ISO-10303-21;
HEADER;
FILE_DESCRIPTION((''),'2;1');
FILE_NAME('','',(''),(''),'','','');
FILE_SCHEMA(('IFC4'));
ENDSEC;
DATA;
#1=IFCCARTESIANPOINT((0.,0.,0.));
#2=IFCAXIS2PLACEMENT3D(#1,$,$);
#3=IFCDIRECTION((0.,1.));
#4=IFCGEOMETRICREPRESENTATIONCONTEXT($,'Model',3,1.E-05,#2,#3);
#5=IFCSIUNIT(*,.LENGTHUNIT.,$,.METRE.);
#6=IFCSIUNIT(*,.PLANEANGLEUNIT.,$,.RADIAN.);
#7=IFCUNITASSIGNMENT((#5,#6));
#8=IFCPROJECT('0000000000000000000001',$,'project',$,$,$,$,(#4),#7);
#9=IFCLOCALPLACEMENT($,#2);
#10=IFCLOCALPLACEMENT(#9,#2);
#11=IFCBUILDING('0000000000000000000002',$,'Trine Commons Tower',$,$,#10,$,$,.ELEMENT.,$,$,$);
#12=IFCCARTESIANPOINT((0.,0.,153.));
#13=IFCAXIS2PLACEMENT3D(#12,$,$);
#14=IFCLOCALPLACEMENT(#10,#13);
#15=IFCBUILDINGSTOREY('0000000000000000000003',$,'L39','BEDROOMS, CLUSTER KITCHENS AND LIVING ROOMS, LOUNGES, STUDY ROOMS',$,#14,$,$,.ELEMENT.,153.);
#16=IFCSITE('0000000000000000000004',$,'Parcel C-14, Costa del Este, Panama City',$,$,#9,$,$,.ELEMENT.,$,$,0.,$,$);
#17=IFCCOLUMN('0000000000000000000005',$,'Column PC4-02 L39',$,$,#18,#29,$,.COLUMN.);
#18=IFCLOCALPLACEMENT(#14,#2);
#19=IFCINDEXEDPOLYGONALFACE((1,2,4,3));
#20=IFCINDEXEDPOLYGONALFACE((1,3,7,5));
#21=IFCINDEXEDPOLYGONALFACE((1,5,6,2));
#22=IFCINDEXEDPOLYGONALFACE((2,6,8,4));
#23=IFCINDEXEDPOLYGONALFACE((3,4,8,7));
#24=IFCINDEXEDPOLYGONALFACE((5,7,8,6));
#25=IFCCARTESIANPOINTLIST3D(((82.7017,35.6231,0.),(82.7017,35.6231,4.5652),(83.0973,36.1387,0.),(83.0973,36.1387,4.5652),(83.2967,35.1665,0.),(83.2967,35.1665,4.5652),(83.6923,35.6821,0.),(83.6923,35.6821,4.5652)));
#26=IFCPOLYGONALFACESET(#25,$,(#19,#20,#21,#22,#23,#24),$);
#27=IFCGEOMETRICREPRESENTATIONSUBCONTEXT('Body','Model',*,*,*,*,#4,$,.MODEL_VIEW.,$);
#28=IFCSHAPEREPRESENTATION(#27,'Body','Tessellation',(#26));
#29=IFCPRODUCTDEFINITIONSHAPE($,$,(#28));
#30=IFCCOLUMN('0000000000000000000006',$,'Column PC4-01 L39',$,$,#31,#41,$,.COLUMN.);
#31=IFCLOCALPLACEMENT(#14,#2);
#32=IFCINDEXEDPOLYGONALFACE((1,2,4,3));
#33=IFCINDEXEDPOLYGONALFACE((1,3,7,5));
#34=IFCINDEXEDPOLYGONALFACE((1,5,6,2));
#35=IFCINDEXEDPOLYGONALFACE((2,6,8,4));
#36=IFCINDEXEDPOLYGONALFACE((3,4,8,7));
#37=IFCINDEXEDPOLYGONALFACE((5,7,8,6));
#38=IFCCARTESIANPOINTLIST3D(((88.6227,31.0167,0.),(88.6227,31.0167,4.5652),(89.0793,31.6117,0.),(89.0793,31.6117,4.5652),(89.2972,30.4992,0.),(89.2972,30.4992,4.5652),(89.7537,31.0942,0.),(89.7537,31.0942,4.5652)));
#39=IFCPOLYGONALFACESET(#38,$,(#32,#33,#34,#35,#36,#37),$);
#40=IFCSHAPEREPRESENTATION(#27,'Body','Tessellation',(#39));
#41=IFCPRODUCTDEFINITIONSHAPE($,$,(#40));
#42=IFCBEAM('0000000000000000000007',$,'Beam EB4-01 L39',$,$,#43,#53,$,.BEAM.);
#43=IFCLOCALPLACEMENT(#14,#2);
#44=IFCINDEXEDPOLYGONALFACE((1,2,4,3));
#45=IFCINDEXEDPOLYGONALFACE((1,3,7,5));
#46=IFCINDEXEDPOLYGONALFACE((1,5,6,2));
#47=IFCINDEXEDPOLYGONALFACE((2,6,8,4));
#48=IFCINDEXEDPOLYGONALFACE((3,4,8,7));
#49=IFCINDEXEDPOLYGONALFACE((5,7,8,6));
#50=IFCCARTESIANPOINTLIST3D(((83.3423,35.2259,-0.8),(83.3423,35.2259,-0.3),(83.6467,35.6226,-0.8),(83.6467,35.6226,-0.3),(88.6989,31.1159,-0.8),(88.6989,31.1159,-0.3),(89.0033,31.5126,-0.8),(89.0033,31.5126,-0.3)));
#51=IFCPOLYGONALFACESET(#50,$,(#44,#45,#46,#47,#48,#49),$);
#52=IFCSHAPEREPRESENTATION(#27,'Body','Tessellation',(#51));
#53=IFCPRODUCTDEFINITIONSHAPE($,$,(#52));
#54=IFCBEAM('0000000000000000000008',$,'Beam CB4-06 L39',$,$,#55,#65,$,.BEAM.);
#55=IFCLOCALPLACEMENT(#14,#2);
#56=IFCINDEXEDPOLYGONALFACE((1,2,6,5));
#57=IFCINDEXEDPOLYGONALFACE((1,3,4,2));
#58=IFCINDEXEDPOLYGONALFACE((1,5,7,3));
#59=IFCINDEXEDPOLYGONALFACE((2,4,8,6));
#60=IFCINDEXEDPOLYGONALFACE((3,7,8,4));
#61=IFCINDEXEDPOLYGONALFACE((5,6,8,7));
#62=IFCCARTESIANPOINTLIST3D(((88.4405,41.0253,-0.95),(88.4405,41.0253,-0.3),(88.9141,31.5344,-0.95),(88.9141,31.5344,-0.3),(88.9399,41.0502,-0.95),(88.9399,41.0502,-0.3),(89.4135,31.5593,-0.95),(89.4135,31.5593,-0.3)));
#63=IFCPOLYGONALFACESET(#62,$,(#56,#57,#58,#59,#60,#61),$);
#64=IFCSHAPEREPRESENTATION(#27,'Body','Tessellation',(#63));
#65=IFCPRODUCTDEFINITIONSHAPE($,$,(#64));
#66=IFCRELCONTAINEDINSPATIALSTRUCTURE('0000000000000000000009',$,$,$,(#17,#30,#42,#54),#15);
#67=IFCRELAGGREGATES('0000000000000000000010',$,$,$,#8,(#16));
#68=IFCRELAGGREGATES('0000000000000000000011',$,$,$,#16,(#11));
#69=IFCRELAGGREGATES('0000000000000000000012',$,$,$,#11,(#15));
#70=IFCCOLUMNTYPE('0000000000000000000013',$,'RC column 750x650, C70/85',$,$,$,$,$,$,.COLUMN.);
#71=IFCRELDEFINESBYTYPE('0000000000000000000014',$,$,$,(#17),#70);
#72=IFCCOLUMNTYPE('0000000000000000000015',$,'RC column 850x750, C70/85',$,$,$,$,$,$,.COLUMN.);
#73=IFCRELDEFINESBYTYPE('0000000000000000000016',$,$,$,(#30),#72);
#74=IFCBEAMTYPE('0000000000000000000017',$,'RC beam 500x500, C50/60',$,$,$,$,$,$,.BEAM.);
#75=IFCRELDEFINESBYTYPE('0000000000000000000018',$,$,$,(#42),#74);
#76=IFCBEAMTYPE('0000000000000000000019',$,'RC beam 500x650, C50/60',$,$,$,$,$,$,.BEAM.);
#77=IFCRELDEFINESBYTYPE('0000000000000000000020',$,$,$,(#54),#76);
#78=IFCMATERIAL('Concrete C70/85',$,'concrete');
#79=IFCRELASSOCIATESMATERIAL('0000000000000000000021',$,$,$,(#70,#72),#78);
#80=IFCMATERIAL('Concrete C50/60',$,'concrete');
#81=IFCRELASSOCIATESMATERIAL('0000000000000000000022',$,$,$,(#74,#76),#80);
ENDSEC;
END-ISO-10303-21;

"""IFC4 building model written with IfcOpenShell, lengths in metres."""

from ifc_helpers import new_model, si_unit, direction, frame, origin, origin_2d, place, context, subcontext, project, spatial, rectangle, extrude, material, material_profile, profile_set, type_object, element, save


model = new_model("IFC4")

# Units and contexts
model_context = context("Model", 3, precision=1e-05, world=origin(), true_north=direction((0.0, 1.0)))
body_context = subcontext(model_context, "Body", "Model", "MODEL_VIEW")
ifc_project = project(units=[si_unit("LENGTHUNIT", "METRE"), si_unit("PLANEANGLEUNIT", "RADIAN")], contexts=[model_context])

# Site, building, storey
site_placement = place(None, origin())
site = spatial("IfcSite", under=ifc_project, at=site_placement, Name="Parcel C-14, Costa del Este, Panama City", CompositionType="ELEMENT", RefElevation=0.0)
building_placement = place(site_placement, origin())
building = spatial("IfcBuilding", under=site, at=building_placement, Name="Trine Commons Tower", CompositionType="ELEMENT")
storey_placement = place(building_placement, frame((0.0, 0.0, 153.0)))
storey = spatial("IfcBuildingStorey", under=building, at=storey_placement, Name="L39", Description="BEDROOMS, CLUSTER KITCHENS AND LIVING ROOMS, LOUNGES, STUDY ROOMS", CompositionType="ELEMENT", Elevation=153.0)

# Columns
ifc_material_1 = material(Name="Concrete C70/85", Category="concrete")
ifc_material_profile_1 = material_profile(ifc_material_1, rectangle(XDim=0.75, YDim=0.6499, at=origin_2d()), Name="RC 750x650")
ifc_profile_set_1 = profile_set([ifc_material_profile_1], Name="Concrete C70/85")
column_type_1 = type_object("IfcColumnType", Name="RC column 750x650, C70/85", PredefinedType="COLUMN", material=ifc_profile_set_1)
column_1_placement = place(storey_placement, frame((83.197, 35.6526, 0.0), z_axis=(0.0, 0.0, 1.0), x_axis=(-0.793353, 0.608761, 0.0)))
element("IfcColumn", 1, at=column_1_placement, inside=storey, type_object=column_type_1, Name="Column PC4-02 L39", PredefinedType="COLUMN", context=body_context, shape_type="SweptSolid", body=[
    extrude(rectangle(XDim=0.75, YDim=0.6499, at=origin_2d()), origin(), (0.0, 0.0, 1.0), 4.5652),
])
ifc_material_profile_2 = material_profile(ifc_material_1, rectangle(XDim=0.8501, YDim=0.75, at=origin_2d()), Name="RC 850x750")
ifc_profile_set_2 = profile_set([ifc_material_profile_2], Name="Concrete C70/85")
column_type_2 = type_object("IfcColumnType", Name="RC column 850x750, C70/85", PredefinedType="COLUMN", material=ifc_profile_set_2)
column_2_placement = place(storey_placement, frame((89.1882, 31.0554, 0.0), z_axis=(0.0, 0.0, 1.0), x_axis=(-0.793353, 0.608761, 0.0)))
element("IfcColumn", 2, at=column_2_placement, inside=storey, type_object=column_type_2, Name="Column PC4-01 L39", PredefinedType="COLUMN", context=body_context, shape_type="SweptSolid", body=[
    extrude(rectangle(XDim=0.8501, YDim=0.75, at=origin_2d()), origin(), (0.0, 0.0, 1.0), 4.5652),
])

# Beams
ifc_material_2 = material(Name="Concrete C50/60", Category="concrete")
ifc_material_profile_3 = material_profile(ifc_material_2, rectangle(XDim=0.5, YDim=0.5, at=origin_2d()), Name="RC 500x500")
ifc_profile_set_3 = profile_set([ifc_material_profile_3], Name="Concrete C50/60")
beam_type_1 = type_object("IfcBeamType", Name="RC beam 500x500, C50/60", PredefinedType="BEAM", material=ifc_profile_set_3)
beam_1_placement = place(storey_placement, frame((88.8511, 31.3142, -0.55), z_axis=(-0.793369, 0.60874, 0.0), x_axis=(-0.60874, -0.793369, 0.0)))
element("IfcBeam", 3, at=beam_1_placement, inside=storey, type_object=beam_type_1, Name="Beam EB4-01 L39", PredefinedType="BEAM", context=body_context, shape_type="SweptSolid", body=[
    extrude(rectangle(XDim=0.5, YDim=0.5, at=origin_2d()), origin(), (0.0, 0.0, 1.0), 6.7517),
])
ifc_material_profile_4 = material_profile(ifc_material_2, rectangle(XDim=0.5, YDim=0.6499, at=origin_2d()), Name="RC 500x650")
ifc_profile_set_4 = profile_set([ifc_material_profile_4], Name="Concrete C50/60")
beam_type_2 = type_object("IfcBeamType", Name="RC beam 500x650, C50/60", PredefinedType="BEAM", material=ifc_profile_set_4)
beam_2_placement = place(storey_placement, frame((89.1638, 31.5469, -0.625), z_axis=(-0.049842, 0.998757, 0.0), x_axis=(-0.998757, -0.049842, 0.0)))
element("IfcBeam", 4, at=beam_2_placement, inside=storey, type_object=beam_type_2, Name="Beam CB4-06 L39", PredefinedType="BEAM", context=body_context, shape_type="SweptSolid", body=[
    extrude(rectangle(XDim=0.5, YDim=0.6499, at=origin_2d()), origin(), (0.0, 0.0, 1.0), 9.5027),
])

save(model, "model.ifc")
